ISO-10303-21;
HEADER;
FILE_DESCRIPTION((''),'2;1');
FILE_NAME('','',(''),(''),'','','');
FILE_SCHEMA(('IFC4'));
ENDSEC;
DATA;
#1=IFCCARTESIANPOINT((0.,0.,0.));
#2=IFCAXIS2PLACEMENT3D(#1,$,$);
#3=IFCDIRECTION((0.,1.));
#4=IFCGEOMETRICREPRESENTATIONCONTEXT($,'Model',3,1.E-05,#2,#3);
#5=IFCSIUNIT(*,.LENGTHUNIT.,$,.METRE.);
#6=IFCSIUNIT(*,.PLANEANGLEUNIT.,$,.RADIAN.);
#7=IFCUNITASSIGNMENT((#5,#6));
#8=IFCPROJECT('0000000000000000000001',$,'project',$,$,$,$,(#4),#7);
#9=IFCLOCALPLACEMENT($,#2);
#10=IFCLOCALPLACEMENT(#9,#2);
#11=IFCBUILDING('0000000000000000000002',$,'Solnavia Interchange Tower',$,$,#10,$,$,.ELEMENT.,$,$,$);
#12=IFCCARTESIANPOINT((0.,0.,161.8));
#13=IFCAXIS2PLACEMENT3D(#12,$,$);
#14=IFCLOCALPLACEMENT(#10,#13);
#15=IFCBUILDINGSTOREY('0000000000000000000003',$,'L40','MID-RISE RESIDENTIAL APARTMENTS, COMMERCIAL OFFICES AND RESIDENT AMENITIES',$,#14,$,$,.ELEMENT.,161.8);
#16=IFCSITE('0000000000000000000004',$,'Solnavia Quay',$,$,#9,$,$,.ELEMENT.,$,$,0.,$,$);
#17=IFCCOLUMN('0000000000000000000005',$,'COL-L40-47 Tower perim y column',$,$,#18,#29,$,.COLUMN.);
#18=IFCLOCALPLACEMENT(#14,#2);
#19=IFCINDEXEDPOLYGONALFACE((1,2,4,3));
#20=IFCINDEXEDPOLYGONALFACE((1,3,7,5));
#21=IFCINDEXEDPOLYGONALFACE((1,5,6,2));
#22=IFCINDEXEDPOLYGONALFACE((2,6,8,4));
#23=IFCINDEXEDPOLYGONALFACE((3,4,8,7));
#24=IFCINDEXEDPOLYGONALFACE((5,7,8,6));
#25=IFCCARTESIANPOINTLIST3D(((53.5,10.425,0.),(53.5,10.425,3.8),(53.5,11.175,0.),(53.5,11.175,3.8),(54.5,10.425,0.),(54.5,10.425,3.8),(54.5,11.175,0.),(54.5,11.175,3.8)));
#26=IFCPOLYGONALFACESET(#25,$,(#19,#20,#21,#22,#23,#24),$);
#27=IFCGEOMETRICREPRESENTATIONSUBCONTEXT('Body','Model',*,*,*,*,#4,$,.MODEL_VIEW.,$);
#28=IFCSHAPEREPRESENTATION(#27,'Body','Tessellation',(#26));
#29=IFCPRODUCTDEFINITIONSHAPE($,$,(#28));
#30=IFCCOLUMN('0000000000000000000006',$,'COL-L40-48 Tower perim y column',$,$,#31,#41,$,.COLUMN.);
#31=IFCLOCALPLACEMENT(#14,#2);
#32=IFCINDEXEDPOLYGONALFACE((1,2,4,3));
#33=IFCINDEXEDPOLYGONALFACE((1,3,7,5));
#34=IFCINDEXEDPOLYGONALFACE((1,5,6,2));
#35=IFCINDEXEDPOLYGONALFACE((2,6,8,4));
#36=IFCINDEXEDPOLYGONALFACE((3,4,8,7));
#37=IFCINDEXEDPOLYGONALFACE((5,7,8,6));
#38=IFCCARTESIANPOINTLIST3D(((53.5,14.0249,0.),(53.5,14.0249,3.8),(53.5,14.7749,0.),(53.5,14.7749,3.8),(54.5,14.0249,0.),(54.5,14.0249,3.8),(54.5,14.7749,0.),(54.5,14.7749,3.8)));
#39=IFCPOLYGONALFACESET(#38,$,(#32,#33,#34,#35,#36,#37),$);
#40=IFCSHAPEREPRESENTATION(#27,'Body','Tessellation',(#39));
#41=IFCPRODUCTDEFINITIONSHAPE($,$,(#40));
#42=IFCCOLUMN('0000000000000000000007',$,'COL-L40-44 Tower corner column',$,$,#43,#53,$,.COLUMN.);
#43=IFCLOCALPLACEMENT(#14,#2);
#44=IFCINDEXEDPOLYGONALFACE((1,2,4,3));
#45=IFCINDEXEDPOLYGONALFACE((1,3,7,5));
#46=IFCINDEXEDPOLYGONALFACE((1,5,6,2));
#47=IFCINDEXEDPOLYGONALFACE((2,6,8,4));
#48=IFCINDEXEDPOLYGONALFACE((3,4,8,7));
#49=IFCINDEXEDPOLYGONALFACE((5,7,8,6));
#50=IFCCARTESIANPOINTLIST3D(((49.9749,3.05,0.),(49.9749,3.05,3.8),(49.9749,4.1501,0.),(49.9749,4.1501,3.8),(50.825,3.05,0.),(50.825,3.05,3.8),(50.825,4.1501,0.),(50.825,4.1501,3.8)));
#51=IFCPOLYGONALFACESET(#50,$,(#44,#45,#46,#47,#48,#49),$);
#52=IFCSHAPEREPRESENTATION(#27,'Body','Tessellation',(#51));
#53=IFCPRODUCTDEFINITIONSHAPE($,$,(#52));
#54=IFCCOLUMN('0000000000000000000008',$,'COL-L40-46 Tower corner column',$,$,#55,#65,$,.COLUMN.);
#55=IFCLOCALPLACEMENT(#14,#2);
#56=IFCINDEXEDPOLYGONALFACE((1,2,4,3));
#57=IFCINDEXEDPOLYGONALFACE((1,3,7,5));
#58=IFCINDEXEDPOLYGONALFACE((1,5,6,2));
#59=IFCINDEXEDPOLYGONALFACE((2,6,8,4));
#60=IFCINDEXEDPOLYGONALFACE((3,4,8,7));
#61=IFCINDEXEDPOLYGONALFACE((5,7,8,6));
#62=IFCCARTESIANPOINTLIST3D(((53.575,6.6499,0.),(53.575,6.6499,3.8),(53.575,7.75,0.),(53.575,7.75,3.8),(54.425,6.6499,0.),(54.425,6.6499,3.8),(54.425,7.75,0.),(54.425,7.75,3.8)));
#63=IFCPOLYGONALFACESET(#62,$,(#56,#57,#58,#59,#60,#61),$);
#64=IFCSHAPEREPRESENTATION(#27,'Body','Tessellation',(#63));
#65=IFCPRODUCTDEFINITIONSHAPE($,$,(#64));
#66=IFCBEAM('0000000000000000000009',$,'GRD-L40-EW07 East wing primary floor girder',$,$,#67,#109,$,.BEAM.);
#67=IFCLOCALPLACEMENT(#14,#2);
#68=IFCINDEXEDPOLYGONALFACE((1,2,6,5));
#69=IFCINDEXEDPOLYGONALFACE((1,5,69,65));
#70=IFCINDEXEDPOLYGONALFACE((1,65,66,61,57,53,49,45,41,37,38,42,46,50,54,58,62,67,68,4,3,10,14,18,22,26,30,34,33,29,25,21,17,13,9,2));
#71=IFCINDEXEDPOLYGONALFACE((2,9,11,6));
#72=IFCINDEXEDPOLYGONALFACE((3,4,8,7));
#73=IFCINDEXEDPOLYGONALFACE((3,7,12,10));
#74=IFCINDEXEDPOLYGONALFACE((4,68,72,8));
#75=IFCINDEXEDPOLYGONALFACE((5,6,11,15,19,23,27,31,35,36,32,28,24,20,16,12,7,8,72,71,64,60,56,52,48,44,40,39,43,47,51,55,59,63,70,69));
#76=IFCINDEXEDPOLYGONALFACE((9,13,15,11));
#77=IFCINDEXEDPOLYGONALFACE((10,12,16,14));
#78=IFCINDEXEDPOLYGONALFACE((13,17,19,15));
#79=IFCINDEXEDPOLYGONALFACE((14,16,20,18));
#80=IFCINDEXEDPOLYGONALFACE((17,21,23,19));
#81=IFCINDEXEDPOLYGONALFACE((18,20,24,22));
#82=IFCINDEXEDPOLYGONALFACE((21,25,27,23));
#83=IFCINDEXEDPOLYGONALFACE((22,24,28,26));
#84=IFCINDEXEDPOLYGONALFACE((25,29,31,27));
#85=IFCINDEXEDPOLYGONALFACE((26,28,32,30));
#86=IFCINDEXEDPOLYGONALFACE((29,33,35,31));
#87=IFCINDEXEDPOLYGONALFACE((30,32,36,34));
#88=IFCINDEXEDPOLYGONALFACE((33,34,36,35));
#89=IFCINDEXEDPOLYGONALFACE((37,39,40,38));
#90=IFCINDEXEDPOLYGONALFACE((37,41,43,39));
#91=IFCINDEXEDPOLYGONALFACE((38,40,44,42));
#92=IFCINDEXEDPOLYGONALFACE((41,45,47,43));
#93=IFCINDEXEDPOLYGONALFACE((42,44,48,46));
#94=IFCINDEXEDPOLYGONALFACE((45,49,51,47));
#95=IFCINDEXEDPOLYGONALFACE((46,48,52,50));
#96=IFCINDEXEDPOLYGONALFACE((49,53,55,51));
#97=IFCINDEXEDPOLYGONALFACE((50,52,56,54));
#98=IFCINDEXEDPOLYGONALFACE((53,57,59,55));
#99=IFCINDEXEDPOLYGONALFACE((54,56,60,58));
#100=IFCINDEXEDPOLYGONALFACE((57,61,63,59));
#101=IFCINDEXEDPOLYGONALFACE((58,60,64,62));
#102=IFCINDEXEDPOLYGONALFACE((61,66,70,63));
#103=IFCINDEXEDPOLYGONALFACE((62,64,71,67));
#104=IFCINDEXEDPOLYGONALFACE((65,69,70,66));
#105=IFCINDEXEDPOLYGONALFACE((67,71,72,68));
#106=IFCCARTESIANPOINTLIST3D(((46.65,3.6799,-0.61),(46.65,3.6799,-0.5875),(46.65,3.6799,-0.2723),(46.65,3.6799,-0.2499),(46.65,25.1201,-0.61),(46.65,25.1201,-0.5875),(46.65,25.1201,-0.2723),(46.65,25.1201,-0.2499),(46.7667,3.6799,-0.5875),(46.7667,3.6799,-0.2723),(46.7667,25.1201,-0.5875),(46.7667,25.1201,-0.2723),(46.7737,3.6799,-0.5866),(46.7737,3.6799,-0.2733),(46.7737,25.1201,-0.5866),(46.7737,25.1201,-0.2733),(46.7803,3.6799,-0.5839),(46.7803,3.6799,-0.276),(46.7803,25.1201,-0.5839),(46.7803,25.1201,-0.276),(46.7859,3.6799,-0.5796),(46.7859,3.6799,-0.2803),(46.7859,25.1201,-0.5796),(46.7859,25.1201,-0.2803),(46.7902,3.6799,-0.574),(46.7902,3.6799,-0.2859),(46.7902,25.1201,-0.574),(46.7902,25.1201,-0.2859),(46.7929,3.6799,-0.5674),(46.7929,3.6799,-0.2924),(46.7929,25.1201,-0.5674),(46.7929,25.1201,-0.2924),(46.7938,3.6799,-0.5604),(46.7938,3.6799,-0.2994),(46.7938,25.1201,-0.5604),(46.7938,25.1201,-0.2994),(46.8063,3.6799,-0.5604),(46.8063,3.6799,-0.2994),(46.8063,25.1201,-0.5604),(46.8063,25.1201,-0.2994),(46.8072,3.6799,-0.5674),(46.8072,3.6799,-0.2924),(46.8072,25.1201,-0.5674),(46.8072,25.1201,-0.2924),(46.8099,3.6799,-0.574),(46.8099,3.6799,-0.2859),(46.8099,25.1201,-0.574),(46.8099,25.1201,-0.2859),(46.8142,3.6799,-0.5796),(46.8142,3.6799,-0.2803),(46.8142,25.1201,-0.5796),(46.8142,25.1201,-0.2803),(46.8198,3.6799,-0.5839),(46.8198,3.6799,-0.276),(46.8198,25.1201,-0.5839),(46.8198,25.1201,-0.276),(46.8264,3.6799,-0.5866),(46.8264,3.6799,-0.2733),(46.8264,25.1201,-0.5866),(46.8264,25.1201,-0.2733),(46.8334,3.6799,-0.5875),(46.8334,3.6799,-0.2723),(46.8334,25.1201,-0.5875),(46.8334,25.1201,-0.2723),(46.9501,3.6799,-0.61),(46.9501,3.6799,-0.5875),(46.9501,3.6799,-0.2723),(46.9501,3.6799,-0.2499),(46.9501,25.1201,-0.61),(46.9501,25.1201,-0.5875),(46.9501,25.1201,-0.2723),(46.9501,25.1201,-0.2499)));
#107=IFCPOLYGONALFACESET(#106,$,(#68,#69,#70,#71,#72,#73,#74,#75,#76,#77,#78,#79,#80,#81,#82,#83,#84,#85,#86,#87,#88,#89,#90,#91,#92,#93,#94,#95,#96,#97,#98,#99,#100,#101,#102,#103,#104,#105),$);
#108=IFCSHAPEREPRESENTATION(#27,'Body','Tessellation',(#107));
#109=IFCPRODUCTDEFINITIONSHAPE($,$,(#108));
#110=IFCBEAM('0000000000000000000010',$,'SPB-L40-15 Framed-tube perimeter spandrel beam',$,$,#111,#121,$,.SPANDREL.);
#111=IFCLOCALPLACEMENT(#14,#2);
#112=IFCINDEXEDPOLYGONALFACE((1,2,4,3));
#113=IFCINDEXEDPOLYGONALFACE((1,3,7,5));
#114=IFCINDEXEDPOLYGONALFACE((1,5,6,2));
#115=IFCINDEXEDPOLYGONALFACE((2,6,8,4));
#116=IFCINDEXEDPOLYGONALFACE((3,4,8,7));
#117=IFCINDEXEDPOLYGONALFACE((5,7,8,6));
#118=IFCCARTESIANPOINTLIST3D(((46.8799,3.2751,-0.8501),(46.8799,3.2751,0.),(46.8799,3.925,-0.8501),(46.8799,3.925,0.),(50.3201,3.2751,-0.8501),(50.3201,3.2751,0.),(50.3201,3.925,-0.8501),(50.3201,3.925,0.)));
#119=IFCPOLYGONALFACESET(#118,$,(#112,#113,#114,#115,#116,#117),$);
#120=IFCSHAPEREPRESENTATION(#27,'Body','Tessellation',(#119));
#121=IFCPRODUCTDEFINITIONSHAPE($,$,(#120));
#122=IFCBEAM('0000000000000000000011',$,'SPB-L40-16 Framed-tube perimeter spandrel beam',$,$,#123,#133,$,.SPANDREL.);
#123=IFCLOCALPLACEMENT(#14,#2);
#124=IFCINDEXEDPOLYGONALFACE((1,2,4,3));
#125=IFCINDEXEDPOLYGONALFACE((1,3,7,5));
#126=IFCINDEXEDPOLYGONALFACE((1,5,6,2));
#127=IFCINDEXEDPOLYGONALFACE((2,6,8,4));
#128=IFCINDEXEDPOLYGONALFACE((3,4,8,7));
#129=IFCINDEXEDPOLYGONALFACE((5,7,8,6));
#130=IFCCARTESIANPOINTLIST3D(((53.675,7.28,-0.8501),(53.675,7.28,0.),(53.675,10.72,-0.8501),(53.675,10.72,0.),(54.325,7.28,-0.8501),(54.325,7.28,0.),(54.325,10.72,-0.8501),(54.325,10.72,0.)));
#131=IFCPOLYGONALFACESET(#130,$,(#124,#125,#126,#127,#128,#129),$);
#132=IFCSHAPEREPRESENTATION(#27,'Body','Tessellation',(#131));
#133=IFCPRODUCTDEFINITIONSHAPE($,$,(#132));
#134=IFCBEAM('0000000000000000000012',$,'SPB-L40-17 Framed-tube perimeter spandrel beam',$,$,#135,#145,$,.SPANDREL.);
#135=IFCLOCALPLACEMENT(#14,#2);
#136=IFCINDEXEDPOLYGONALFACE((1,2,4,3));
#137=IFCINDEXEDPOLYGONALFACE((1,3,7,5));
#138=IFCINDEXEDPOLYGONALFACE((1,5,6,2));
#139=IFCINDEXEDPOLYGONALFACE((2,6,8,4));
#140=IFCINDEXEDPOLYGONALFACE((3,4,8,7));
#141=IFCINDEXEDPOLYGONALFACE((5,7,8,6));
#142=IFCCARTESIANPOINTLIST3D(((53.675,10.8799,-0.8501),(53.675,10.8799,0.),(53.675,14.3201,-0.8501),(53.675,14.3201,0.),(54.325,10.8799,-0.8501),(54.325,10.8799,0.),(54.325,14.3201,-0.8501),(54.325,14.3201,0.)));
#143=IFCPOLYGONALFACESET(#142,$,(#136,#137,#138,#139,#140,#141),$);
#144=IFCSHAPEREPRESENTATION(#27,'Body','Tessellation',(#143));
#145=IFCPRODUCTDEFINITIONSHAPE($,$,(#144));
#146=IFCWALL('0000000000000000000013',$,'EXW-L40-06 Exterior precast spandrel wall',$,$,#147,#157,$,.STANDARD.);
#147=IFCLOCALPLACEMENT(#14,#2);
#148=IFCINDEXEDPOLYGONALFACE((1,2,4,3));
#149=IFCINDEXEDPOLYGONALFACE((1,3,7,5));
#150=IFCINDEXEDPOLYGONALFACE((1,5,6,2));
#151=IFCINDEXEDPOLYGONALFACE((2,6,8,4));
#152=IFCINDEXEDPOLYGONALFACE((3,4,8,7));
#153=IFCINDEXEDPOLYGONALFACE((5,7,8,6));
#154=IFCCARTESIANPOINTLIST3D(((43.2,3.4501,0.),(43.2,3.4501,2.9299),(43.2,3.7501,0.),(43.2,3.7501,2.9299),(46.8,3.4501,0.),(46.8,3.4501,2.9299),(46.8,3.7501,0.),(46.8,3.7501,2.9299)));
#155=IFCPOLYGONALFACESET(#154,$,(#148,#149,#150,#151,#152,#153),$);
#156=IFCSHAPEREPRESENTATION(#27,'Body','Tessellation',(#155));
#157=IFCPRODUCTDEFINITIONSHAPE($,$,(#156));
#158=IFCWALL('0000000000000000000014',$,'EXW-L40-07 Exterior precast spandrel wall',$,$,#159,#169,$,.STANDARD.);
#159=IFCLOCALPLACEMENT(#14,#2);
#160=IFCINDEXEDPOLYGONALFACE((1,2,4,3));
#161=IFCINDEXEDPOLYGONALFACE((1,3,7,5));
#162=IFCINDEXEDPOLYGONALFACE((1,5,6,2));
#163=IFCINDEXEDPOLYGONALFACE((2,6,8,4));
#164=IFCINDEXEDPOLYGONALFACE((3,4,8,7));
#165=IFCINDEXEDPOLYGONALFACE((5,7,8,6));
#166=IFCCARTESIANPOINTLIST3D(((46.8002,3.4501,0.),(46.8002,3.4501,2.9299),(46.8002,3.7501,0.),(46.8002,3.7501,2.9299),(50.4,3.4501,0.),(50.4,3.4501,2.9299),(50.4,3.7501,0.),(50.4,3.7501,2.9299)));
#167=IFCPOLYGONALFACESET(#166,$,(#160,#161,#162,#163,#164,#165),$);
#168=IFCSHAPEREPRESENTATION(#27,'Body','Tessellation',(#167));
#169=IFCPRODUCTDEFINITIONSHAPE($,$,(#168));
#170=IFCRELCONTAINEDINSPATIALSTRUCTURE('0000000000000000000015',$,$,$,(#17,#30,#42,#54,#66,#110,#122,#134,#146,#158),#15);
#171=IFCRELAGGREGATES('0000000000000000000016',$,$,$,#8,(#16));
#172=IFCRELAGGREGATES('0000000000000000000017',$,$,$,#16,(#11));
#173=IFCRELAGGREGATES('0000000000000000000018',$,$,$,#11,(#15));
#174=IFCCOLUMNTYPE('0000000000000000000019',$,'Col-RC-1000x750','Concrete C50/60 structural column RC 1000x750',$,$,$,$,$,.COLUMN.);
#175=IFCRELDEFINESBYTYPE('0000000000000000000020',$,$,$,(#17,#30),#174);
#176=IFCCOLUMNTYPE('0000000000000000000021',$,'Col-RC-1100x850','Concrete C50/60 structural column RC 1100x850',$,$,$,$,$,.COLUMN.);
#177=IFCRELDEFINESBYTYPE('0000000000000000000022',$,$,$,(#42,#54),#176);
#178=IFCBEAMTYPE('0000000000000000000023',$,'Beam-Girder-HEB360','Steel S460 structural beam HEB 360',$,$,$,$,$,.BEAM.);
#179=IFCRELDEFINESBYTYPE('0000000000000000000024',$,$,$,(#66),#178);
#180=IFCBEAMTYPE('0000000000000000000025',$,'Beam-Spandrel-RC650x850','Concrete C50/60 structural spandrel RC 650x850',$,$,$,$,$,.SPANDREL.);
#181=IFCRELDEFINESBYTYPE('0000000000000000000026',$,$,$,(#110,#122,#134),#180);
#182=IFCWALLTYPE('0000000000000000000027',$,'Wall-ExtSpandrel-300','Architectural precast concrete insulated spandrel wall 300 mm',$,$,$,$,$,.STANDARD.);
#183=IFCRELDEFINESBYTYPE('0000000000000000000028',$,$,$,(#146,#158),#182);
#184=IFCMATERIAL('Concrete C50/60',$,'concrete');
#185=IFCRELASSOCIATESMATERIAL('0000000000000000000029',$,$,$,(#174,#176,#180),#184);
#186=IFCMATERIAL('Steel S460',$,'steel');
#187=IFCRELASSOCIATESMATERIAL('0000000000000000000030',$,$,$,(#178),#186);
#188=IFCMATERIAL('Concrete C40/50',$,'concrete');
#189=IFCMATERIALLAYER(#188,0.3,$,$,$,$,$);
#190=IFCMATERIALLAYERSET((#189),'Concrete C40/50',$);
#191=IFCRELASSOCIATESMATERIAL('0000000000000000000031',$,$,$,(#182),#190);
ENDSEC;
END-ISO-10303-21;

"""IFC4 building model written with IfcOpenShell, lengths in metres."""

from ifc_helpers import new_model, si_unit, direction, frame, frame_2d, origin, origin_2d, place, context, subcontext, project, spatial, rectangle, i_section, extrude, material, layer, layer_set, material_profile, profile_set, type_object, element, save


model = new_model("IFC4")

# Units and contexts
model_context = context("Model", 3, precision=1e-05, world=origin(), true_north=direction((0.0, 1.0)))
body_context = subcontext(model_context, "Body", "Model", "MODEL_VIEW")
ifc_project = project(units=[si_unit("LENGTHUNIT", "METRE"), si_unit("PLANEANGLEUNIT", "RADIAN")], contexts=[model_context])

# Site, building, storey
site_placement = place(None, origin())
site = spatial("IfcSite", under=ifc_project, at=site_placement, Name="Solnavia Quay", CompositionType="ELEMENT", RefElevation=0.0)
building_placement = place(site_placement, origin())
building = spatial("IfcBuilding", under=site, at=building_placement, Name="Solnavia Interchange Tower", CompositionType="ELEMENT")
storey_placement = place(building_placement, frame((0.0, 0.0, 161.8)))
storey = spatial("IfcBuildingStorey", under=building, at=storey_placement, Name="L40", Description="MID-RISE RESIDENTIAL APARTMENTS, COMMERCIAL OFFICES AND RESIDENT AMENITIES", CompositionType="ELEMENT", Elevation=161.8)

# Columns
ifc_material_1 = material(Name="Concrete C50/60", Category="concrete")
ifc_material_profile_1 = material_profile(ifc_material_1, rectangle(XDim=0.75, YDim=1.0, at=origin_2d()), Name="RC 1000x750")
ifc_profile_set_1 = profile_set([ifc_material_profile_1], Name="Concrete C50/60")
column_type_1 = type_object("IfcColumnType", Name="Col-RC-1000x750", Description="Concrete C50/60 structural column RC 1000x750", PredefinedType="COLUMN", material=ifc_profile_set_1)
for number, where, z_axis, x_axis, name in (
    (1, (54.0, 10.8, 0.0), (0.0, 0.0, 1.0), (0.0, 1.0, 0.0), "COL-L40-47 Tower perim y column"),
    (2, (54.0, 14.3999, 0.0), (0.0, 0.0, 1.0), (0.0, 1.0, 0.0), "COL-L40-48 Tower perim y column"),
):
    element("IfcColumn", number, at=place(storey_placement, frame(where, z_axis=z_axis, x_axis=x_axis)), inside=storey, type_object=column_type_1, Name=name, PredefinedType="COLUMN", context=body_context, shape_type="SweptSolid", body=[
        extrude(rectangle(XDim=0.75, YDim=1.0, at=origin_2d()), origin(), (0.0, 0.0, 1.0), 3.8),
    ])
ifc_material_profile_2 = material_profile(ifc_material_1, rectangle(XDim=0.8501, YDim=1.1001, at=origin_2d()), Name="RC 1100x850")
ifc_profile_set_2 = profile_set([ifc_material_profile_2], Name="Concrete C50/60")
column_type_2 = type_object("IfcColumnType", Name="Col-RC-1100x850", Description="Concrete C50/60 structural column RC 1100x850", PredefinedType="COLUMN", material=ifc_profile_set_2)
for number, where, z_axis, x_axis, name in (
    (3, (50.3999, 3.6001, 0.0), (0.0, 0.0, 1.0), (1.0, 0.0, 0.0), "COL-L40-44 Tower corner column"),
    (4, (54.0, 7.2, 0.0), (0.0, 0.0, 1.0), (1.0, 0.0, 0.0), "COL-L40-46 Tower corner column"),
):
    element("IfcColumn", number, at=place(storey_placement, frame(where, z_axis=z_axis, x_axis=x_axis)), inside=storey, type_object=column_type_2, Name=name, PredefinedType="COLUMN", context=body_context, shape_type="SweptSolid", body=[
        extrude(rectangle(XDim=0.8501, YDim=1.1001, at=origin_2d()), origin(), (0.0, 0.0, 1.0), 3.8),
    ])

# Beams
ifc_material_2 = material(Name="Steel S460", Category="steel")
ifc_material_profile_3 = material_profile(ifc_material_2, i_section(OverallWidth=0.3, OverallDepth=0.3601, WebThickness=0.0125, FlangeThickness=0.0225, FilletRadius=0.0271, at=origin_2d()), Name="HEB 360")
ifc_profile_set_3 = profile_set([ifc_material_profile_3], Name="Steel S460")
beam_type_1 = type_object("IfcBeamType", Name="Beam-Girder-HEB360", Description="Steel S460 structural beam HEB 360", PredefinedType="BEAM", material=ifc_profile_set_3)
beam_1_placement = place(storey_placement, frame((46.8, 3.6799, -0.4299), z_axis=(0.0, 1.0, 0.0), x_axis=(-1.0, 0.0, 0.0)))
element("IfcBeam", 5, at=beam_1_placement, inside=storey, type_object=beam_type_1, Name="GRD-L40-EW07 East wing primary floor girder", PredefinedType="BEAM", context=body_context, shape_type="SweptSolid", body=[
    extrude(i_section(OverallWidth=0.3, OverallDepth=0.3601, WebThickness=0.0125, FlangeThickness=0.0225, FilletRadius=0.0271, at=origin_2d()), origin(), (0.0, 0.0, 1.0), 21.4402),
])
ifc_material_profile_4 = material_profile(ifc_material_1, rectangle(XDim=0.6499, YDim=0.8501, at=origin_2d()), Name="RC 650x850")
ifc_profile_set_4 = profile_set([ifc_material_profile_4], Name="Concrete C50/60")
beam_type_2 = type_object("IfcBeamType", Name="Beam-Spandrel-RC650x850", Description="Concrete C50/60 structural spandrel RC 650x850", PredefinedType="SPANDREL", material=ifc_profile_set_4)
beam_2_placement = place(storey_placement, frame((46.8799, 3.6001, -0.425), z_axis=(1.0, 0.0, 0.0), x_axis=(0.0, 1.0, 0.0)))
element("IfcBeam", 6, at=beam_2_placement, inside=storey, type_object=beam_type_2, Name="SPB-L40-15 Framed-tube perimeter spandrel beam", PredefinedType="SPANDREL", context=body_context, shape_type="SweptSolid", body=[
    extrude(rectangle(XDim=0.6499, YDim=0.8501, at=origin_2d()), origin(), (0.0, 0.0, 1.0), 3.4402),
])
beam_3_placement = place(storey_placement, frame((54.0, 7.28, -0.425), z_axis=(0.0, 1.0, 0.0), x_axis=(-1.0, 0.0, 0.0)))
element("IfcBeam", 7, at=beam_3_placement, inside=storey, type_object=beam_type_2, Name="SPB-L40-16 Framed-tube perimeter spandrel beam", PredefinedType="SPANDREL", context=body_context, shape_type="SweptSolid", body=[
    extrude(rectangle(XDim=0.6499, YDim=0.8501, at=origin_2d()), origin(), (0.0, 0.0, 1.0), 3.4399),
])
beam_4_placement = place(storey_placement, frame((54.0, 10.8799, -0.425), z_axis=(0.0, 1.0, 0.0), x_axis=(-1.0, 0.0, 0.0)))
element("IfcBeam", 8, at=beam_4_placement, inside=storey, type_object=beam_type_2, Name="SPB-L40-17 Framed-tube perimeter spandrel beam", PredefinedType="SPANDREL", context=body_context, shape_type="SweptSolid", body=[
    extrude(rectangle(XDim=0.6499, YDim=0.8501, at=origin_2d()), origin(), (0.0, 0.0, 1.0), 3.4402),
])

# Walls
ifc_material_3 = material(Name="Concrete C40/50", Category="concrete")
ifc_layer_1 = layer(ifc_material_3, 0.3)
ifc_layer_set_1 = layer_set([ifc_layer_1], Name="Concrete C40/50")
wall_type_1 = type_object("IfcWallType", Name="Wall-ExtSpandrel-300", Description="Architectural precast concrete insulated spandrel wall 300 mm", PredefinedType="STANDARD", material=ifc_layer_set_1)
wall_1_placement = place(storey_placement, frame((46.8, 3.6001, 0.0), z_axis=(0.0, 0.0, 1.0), x_axis=(-1.0, 0.0, 0.0)))
element("IfcWall", 9, at=wall_1_placement, inside=storey, type_object=wall_type_1, Name="EXW-L40-06 Exterior precast spandrel wall", PredefinedType="STANDARD", context=body_context, shape_type="SweptSolid", body=[
    extrude(rectangle(XDim=3.6001, YDim=0.3, at=frame_2d((1.8, 0.0))), origin(), (0.0, 0.0, 1.0), 2.9299),
])
wall_2_placement = place(storey_placement, frame((50.3999, 3.6001, 0.0), z_axis=(0.0, 0.0, 1.0), x_axis=(-1.0, 0.0, 0.0)))
element("IfcWall", 10, at=wall_2_placement, inside=storey, type_object=wall_type_1, Name="EXW-L40-07 Exterior precast spandrel wall", PredefinedType="STANDARD", context=body_context, shape_type="SweptSolid", body=[
    extrude(rectangle(XDim=3.5999, YDim=0.3, at=frame_2d((1.7998, 0.0))), origin(), (0.0, 0.0, 1.0), 2.9299),
])

save(model, "model.ifc")
